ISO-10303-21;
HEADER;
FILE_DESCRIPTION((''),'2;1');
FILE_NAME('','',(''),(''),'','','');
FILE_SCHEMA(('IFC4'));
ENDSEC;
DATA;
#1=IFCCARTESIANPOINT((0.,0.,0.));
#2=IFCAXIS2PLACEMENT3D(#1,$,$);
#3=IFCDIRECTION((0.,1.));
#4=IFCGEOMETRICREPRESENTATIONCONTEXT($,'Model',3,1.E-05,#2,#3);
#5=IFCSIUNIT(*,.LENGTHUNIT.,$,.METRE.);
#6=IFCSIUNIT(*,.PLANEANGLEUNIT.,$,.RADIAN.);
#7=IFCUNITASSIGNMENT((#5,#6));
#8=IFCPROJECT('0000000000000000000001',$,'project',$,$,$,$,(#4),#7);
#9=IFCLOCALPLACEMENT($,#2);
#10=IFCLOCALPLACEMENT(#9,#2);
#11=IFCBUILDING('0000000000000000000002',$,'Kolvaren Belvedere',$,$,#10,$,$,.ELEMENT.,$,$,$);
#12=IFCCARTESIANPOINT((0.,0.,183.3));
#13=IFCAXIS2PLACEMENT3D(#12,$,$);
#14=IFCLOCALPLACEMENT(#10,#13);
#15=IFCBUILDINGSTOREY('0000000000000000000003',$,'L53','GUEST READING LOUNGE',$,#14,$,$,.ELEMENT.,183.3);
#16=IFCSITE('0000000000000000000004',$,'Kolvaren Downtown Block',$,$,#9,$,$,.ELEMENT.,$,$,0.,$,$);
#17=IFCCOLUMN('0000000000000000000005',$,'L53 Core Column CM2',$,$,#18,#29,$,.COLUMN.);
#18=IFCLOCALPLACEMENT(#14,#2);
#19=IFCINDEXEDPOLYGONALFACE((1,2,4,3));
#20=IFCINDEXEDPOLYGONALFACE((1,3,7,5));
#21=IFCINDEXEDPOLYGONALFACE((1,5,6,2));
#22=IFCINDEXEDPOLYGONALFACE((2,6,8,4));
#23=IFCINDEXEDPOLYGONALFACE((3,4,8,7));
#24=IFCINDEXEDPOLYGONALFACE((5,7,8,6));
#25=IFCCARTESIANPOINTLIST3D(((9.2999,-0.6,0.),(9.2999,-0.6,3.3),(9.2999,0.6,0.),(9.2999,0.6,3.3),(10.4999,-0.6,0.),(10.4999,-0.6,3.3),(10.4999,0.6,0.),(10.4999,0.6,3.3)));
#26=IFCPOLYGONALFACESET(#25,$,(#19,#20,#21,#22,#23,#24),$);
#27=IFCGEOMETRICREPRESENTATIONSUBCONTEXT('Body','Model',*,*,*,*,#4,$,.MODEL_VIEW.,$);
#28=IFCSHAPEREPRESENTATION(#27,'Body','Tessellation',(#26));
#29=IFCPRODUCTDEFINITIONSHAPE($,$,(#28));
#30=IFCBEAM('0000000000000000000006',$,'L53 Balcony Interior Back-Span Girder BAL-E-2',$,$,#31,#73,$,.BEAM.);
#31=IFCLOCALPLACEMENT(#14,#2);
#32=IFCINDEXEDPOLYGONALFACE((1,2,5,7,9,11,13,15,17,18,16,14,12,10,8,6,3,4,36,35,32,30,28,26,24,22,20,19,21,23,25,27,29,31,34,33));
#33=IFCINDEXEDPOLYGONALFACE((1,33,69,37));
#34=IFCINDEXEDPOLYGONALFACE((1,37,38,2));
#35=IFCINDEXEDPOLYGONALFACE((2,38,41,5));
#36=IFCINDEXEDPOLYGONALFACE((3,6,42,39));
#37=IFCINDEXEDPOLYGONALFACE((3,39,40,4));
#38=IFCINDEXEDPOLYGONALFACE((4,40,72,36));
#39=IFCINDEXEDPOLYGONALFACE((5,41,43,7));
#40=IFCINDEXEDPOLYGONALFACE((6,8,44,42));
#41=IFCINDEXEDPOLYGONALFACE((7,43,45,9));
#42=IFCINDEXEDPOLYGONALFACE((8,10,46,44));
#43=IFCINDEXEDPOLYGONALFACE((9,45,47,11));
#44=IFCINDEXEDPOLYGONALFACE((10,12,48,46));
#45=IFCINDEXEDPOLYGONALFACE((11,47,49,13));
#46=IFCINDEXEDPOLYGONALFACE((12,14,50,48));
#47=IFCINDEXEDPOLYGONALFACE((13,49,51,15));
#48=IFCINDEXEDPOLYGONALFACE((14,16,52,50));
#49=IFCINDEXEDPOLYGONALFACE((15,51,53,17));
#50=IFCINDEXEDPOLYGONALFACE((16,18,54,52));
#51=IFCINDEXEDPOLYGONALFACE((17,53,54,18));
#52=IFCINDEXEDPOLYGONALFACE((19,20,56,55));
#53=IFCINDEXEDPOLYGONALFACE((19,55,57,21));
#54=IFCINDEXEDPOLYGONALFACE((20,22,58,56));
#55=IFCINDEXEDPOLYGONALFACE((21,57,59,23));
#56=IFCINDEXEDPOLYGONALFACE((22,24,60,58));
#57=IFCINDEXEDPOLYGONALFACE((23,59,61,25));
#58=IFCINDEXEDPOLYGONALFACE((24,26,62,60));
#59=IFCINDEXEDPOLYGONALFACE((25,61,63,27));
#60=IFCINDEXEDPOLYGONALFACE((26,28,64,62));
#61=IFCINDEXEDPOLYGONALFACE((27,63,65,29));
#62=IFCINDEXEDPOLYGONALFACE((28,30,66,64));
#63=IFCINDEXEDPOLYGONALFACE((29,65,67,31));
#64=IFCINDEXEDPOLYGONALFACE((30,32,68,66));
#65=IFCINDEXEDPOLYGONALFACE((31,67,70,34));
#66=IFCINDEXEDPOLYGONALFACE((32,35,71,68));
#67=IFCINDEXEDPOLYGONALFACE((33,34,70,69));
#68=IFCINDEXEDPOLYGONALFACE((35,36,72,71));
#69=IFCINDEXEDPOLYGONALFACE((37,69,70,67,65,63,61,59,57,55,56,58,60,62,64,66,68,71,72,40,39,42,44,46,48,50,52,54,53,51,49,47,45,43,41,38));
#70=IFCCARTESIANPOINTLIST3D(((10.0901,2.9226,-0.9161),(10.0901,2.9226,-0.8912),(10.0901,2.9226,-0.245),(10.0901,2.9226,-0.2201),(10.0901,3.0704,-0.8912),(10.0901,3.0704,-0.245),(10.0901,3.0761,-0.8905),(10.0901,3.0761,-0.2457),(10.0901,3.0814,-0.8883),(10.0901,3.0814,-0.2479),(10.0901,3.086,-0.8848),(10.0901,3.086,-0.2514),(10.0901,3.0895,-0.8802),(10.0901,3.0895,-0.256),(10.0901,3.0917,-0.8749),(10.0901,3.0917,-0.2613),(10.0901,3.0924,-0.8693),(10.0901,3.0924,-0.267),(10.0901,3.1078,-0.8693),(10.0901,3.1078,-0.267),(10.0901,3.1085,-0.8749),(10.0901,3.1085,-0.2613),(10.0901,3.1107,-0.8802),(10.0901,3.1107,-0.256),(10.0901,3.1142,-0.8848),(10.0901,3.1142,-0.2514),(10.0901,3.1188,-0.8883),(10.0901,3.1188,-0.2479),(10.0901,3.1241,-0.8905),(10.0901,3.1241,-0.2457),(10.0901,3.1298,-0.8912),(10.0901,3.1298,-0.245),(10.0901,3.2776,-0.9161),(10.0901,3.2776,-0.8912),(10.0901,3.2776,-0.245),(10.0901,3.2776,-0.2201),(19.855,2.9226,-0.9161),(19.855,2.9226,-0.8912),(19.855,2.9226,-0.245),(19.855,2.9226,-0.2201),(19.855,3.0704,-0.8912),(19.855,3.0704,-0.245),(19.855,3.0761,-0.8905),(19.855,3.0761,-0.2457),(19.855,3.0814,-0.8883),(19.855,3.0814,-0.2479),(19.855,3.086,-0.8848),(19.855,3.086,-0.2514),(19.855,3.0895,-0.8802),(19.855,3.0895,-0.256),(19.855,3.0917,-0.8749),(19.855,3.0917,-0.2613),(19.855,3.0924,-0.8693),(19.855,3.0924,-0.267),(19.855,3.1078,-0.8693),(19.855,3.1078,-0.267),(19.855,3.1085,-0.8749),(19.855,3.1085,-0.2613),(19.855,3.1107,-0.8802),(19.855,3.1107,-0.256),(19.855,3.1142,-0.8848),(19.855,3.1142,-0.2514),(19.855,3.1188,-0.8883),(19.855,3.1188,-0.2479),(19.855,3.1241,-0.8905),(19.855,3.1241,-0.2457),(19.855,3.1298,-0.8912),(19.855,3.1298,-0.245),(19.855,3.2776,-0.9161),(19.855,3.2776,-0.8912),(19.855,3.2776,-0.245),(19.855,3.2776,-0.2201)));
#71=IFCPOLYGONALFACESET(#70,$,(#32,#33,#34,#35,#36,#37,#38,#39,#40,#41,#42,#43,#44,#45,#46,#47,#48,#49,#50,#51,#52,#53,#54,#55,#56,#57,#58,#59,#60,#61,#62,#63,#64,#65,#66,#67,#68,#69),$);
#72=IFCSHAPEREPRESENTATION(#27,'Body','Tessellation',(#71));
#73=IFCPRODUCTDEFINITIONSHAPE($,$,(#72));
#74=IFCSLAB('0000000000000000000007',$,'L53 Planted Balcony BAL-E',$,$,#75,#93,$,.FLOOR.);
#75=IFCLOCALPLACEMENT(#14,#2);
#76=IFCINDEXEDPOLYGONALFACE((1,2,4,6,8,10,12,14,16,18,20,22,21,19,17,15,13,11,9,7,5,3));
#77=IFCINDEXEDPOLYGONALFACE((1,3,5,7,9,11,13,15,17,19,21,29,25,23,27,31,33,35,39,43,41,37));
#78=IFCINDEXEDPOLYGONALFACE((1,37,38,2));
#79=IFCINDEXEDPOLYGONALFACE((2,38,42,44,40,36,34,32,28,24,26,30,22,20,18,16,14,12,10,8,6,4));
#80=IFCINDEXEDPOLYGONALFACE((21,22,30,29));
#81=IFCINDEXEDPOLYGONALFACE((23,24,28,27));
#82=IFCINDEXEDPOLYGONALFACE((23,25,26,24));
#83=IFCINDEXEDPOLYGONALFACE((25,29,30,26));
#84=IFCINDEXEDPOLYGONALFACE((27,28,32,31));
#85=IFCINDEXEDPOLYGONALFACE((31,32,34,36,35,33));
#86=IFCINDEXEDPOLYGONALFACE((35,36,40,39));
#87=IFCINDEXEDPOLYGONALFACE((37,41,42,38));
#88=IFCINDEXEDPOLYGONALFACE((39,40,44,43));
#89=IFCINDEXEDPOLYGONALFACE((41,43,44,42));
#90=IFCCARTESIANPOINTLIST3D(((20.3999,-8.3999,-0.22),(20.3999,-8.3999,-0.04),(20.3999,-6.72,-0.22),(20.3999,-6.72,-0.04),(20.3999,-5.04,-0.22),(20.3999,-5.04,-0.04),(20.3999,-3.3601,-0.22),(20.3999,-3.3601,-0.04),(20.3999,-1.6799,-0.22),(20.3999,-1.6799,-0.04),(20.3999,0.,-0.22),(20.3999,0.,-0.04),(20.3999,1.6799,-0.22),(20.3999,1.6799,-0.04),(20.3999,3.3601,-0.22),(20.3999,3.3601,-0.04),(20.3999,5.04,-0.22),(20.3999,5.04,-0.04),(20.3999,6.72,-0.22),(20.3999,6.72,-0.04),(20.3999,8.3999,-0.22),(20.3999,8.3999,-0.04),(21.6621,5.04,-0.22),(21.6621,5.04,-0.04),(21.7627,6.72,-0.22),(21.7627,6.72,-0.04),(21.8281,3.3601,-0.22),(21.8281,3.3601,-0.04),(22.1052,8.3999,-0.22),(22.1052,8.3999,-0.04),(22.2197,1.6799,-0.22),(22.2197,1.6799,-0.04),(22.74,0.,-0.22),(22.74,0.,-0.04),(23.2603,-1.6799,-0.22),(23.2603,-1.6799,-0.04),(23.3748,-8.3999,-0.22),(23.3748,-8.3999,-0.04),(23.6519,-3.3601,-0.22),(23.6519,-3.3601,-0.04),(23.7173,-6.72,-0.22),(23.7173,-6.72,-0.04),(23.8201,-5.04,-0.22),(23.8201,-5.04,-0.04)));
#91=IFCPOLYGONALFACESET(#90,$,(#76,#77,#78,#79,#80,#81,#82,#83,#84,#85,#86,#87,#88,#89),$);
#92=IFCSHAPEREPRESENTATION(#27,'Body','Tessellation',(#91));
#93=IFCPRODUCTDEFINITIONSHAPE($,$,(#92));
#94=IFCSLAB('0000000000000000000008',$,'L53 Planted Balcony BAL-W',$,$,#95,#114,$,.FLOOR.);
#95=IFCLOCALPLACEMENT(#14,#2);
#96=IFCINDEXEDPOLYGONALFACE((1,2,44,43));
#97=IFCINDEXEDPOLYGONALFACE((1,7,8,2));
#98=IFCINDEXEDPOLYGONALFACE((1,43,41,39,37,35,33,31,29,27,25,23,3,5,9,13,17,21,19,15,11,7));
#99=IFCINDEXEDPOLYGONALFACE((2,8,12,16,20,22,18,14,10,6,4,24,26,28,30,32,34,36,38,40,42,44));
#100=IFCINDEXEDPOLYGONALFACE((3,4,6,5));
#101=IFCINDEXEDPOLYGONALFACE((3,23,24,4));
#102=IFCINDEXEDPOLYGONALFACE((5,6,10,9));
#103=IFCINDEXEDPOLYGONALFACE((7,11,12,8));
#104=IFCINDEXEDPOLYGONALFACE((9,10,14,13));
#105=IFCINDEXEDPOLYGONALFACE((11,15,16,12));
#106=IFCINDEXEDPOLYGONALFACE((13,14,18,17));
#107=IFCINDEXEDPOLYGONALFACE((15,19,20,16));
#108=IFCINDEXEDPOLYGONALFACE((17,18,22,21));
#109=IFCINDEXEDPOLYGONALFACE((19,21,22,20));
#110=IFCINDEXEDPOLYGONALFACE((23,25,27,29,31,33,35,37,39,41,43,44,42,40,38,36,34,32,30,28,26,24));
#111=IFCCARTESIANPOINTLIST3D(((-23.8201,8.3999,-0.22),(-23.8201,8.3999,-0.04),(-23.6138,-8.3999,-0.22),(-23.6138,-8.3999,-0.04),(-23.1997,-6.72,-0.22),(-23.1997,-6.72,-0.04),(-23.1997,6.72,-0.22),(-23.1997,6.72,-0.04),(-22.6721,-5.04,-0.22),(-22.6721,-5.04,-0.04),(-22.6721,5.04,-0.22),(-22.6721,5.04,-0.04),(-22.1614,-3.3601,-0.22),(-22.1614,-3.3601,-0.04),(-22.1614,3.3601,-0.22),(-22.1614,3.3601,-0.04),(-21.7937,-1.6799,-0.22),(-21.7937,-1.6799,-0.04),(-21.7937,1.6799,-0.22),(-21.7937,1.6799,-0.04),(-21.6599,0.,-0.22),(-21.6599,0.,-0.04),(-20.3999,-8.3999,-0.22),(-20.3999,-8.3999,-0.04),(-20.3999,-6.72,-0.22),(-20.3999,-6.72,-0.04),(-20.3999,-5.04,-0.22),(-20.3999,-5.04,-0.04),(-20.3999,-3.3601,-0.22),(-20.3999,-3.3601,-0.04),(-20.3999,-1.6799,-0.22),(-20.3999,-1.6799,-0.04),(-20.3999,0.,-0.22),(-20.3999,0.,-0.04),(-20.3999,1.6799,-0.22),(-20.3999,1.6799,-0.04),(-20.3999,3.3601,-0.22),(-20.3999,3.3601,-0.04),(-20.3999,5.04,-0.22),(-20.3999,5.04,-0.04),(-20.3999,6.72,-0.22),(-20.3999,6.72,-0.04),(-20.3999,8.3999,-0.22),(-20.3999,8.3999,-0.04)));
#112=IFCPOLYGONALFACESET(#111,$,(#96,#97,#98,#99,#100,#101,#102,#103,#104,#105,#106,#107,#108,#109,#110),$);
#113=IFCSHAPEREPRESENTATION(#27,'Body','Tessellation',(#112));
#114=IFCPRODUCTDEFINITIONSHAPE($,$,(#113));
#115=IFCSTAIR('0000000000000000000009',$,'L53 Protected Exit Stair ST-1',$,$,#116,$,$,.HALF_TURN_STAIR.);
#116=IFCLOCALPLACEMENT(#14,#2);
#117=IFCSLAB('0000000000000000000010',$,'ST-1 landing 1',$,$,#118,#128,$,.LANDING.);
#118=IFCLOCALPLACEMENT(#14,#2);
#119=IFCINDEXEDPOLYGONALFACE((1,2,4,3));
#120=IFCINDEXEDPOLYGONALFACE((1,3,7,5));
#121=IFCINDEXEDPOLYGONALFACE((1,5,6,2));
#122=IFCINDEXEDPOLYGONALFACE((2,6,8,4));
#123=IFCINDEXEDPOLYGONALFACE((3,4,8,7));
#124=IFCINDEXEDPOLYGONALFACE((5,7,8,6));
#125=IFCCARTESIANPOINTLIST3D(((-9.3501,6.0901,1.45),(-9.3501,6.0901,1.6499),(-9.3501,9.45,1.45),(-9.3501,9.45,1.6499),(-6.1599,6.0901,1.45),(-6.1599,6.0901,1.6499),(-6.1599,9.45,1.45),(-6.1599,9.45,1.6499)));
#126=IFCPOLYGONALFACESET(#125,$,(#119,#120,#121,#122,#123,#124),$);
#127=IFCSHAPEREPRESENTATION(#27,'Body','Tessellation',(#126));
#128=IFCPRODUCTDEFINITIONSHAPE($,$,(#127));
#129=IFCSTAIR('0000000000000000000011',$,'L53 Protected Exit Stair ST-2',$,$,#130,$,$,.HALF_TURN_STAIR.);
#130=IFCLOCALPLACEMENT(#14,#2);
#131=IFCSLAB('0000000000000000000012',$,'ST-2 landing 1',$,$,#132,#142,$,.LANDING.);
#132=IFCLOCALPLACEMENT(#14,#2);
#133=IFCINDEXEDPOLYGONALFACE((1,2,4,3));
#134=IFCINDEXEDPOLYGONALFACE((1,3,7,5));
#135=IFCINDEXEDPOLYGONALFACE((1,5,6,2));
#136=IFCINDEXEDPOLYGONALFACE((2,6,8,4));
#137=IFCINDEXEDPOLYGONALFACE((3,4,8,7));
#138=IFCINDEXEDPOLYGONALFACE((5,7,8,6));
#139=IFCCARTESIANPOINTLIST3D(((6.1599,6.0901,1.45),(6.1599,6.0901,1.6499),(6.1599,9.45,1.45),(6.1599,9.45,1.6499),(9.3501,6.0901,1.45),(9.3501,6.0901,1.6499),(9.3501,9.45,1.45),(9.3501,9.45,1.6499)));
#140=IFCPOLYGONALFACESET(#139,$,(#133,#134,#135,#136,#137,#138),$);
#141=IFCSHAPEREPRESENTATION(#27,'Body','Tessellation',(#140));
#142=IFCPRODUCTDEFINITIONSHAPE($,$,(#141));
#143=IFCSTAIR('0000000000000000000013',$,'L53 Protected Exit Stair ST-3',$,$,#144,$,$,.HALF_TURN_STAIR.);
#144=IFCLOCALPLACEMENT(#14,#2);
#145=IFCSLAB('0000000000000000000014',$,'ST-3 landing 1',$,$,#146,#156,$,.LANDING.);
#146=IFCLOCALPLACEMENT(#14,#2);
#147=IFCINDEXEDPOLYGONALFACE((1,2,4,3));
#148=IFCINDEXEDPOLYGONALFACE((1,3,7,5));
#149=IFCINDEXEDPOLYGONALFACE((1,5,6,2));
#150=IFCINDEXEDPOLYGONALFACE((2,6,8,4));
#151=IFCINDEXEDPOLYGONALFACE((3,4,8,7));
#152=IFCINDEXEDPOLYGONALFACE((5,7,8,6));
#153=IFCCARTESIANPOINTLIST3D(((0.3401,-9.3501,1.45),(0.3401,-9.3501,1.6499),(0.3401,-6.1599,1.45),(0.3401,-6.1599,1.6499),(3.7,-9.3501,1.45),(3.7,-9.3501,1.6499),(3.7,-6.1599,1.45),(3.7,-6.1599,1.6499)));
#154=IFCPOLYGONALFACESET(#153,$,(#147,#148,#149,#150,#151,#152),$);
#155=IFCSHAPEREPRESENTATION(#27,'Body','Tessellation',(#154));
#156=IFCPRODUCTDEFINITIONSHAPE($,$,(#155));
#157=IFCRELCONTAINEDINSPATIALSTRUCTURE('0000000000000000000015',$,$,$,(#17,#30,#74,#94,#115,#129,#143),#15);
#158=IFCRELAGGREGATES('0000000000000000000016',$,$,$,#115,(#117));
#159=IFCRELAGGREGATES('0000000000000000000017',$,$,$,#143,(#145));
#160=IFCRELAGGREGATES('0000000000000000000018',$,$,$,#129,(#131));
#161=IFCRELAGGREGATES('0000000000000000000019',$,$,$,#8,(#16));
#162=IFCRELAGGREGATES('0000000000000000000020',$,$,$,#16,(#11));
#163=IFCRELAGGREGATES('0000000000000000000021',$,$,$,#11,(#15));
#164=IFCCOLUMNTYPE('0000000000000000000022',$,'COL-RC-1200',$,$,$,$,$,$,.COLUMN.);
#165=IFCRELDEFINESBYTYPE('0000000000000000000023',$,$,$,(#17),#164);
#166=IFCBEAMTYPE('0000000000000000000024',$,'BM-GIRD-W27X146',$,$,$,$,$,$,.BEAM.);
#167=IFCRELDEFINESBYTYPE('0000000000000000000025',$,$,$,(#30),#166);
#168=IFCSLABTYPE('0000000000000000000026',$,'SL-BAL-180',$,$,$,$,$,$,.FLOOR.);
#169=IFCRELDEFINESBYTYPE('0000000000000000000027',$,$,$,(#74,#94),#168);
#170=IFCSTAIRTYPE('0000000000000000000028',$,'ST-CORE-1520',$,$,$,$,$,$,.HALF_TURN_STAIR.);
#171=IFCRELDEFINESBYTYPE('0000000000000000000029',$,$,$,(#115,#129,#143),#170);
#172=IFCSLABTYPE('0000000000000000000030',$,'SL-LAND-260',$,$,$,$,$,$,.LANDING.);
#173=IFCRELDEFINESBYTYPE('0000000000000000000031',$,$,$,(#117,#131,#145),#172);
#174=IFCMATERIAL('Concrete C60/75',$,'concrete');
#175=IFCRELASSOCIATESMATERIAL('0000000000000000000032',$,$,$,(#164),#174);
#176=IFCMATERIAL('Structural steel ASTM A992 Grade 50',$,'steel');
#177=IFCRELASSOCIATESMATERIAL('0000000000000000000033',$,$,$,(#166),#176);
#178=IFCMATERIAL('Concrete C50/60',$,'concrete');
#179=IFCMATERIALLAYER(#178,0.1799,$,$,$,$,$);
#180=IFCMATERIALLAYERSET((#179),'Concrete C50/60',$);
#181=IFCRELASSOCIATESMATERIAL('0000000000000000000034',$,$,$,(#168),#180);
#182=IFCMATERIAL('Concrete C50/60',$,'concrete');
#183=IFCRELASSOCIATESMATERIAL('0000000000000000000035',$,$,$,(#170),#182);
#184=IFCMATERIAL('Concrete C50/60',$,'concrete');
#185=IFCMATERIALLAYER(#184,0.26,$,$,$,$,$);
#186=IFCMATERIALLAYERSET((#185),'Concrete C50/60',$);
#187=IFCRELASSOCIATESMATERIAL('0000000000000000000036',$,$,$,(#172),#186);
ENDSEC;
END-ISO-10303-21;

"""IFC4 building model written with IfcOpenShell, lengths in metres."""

from ifc_helpers import new_model, si_unit, direction, frame, origin, origin_2d, place, context, subcontext, project, spatial, polyline, rectangle, i_section, outline, extrude, material, layer, layer_set, material_profile, profile_set, type_object, element, aggregate, save


model = new_model("IFC4")

# Units and contexts
model_context = context("Model", 3, precision=1e-05, world=origin(), true_north=direction((0.0, 1.0)))
body_context = subcontext(model_context, "Body", "Model", "MODEL_VIEW")
ifc_project = project(units=[si_unit("LENGTHUNIT", "METRE"), si_unit("PLANEANGLEUNIT", "RADIAN")], contexts=[model_context])

# Site, building, storey
site_placement = place(None, origin())
site = spatial("IfcSite", under=ifc_project, at=site_placement, Name="Kolvaren Downtown Block", CompositionType="ELEMENT", RefElevation=0.0)
building_placement = place(site_placement, origin())
building = spatial("IfcBuilding", under=site, at=building_placement, Name="Kolvaren Belvedere", CompositionType="ELEMENT")
storey_placement = place(building_placement, frame((0.0, 0.0, 183.3)))
storey = spatial("IfcBuildingStorey", under=building, at=storey_placement, Name="L53", Description="GUEST READING LOUNGE", CompositionType="ELEMENT", Elevation=183.3)

# Column
ifc_material_1 = material(Name="Concrete C60/75", Category="concrete")
ifc_material_profile_1 = material_profile(ifc_material_1, rectangle(XDim=1.2, YDim=1.2, at=origin_2d()), Name="RC 1200X1200")
ifc_profile_set_1 = profile_set([ifc_material_profile_1], Name="Concrete C60/75")
column_type = type_object("IfcColumnType", Name="COL-RC-1200", PredefinedType="COLUMN", material=ifc_profile_set_1)
column_placement = place(storey_placement, frame((9.8999, 0.0, 0.0), z_axis=(0.0, 0.0, 1.0), x_axis=(1.0, 0.0, 0.0)))
element("IfcColumn", 1, at=column_placement, inside=storey, type_object=column_type, Name="L53 Core Column CM2", PredefinedType="COLUMN", context=body_context, shape_type="SweptSolid", body=[
    extrude(rectangle(XDim=1.2, YDim=1.2, at=origin_2d()), origin(), (0.0, 0.0, 1.0), 3.3),
])

# Beam
ifc_material_2 = material(Name="Structural steel ASTM A992 Grade 50", Category="steel")
ifc_material_profile_2 = material_profile(ifc_material_2, i_section(OverallWidth=0.355, OverallDepth=0.696, WebThickness=0.0154, FlangeThickness=0.0249, FilletRadius=0.022, at=origin_2d()), Name="W27X146")
ifc_profile_set_2 = profile_set([ifc_material_profile_2], Name="Structural steel ASTM A992 Grade 50")
beam_type = type_object("IfcBeamType", Name="BM-GIRD-W27X146", PredefinedType="BEAM", material=ifc_profile_set_2)
beam_placement = place(storey_placement, frame((10.0901, 3.1001, -0.5681), z_axis=(1.0, 0.0, 0.0), x_axis=(0.0, 1.0, 0.0)))
element("IfcBeam", 2, at=beam_placement, inside=storey, type_object=beam_type, Name="L53 Balcony Interior Back-Span Girder BAL-E-2", PredefinedType="BEAM", context=body_context, shape_type="SweptSolid", body=[
    extrude(i_section(OverallWidth=0.355, OverallDepth=0.696, WebThickness=0.0154, FlangeThickness=0.0249, FilletRadius=0.022, at=origin_2d()), origin(), (0.0, 0.0, 1.0), 9.7649),
])

# Slabs
ifc_material_3 = material(Name="Concrete C50/60", Category="concrete")
ifc_layer_1 = layer(ifc_material_3, 0.1799)
ifc_layer_set_1 = layer_set([ifc_layer_1], Name="Concrete C50/60")
slab_type_1 = type_object("IfcSlabType", Name="SL-BAL-180", PredefinedType="FLOOR", material=ifc_layer_set_1)
slab_1_placement = place(storey_placement, frame((0.0, 0.0, -0.22)))
element("IfcSlab", 3, at=slab_1_placement, inside=storey, type_object=slab_type_1, Name="L53 Planted Balcony BAL-E", PredefinedType="FLOOR", context=body_context, shape_type="SweptSolid", body=[
    extrude(outline(polyline([(23.3748, -8.3999), (23.7173, -6.72), (23.8201, -5.04), (23.6519, -3.3601), (23.2603, -1.6799), (22.74, 0.0), (22.2197, 1.6799), (21.8281, 3.3601), (21.6621, 5.04), (21.7627, 6.72), (22.1052, 8.3999), (20.3999, 8.3999), (20.3999, 6.72), (20.3999, 5.04), (20.3999, 3.3601), (20.3999, 1.6799), (20.3999, 0.0), (20.3999, -1.6799), (20.3999, -3.3601), (20.3999, -5.04), (20.3999, -6.72), (20.3999, -8.3999), (23.3748, -8.3999)])), origin(), (0.0, 0.0, 1.0), 0.1799),
])
slab_2_placement = place(storey_placement, frame((0.0, 0.0, -0.22)))
element("IfcSlab", 4, at=slab_2_placement, inside=storey, type_object=slab_type_1, Name="L53 Planted Balcony BAL-W", PredefinedType="FLOOR", context=body_context, shape_type="SweptSolid", body=[
    extrude(outline(polyline([(-23.8201, 8.3999), (-23.1997, 6.72), (-22.6721, 5.04), (-22.1614, 3.3601), (-21.7937, 1.6799), (-21.6599, 0.0), (-21.7937, -1.6799), (-22.1614, -3.3601), (-22.6721, -5.04), (-23.1997, -6.72), (-23.6138, -8.3999), (-20.3999, -8.3999), (-20.3999, -6.72), (-20.3999, -5.04), (-20.3999, -3.3601), (-20.3999, -1.6799), (-20.3999, 0.0), (-20.3999, 1.6799), (-20.3999, 3.3601), (-20.3999, 5.04), (-20.3999, 6.72), (-20.3999, 8.3999), (-23.8201, 8.3999)])), origin(), (0.0, 0.0, 1.0), 0.1799),
])

# Stairs, slabs
ifc_material_4 = material(Name="Concrete C50/60", Category="concrete")
stair_type = type_object("IfcStairType", Name="ST-CORE-1520", PredefinedType="HALF_TURN_STAIR", material=ifc_material_4)
stair_1_placement = place(storey_placement, origin())
stair_1 = element("IfcStair", 5, at=stair_1_placement, inside=storey, type_object=stair_type, Name="L53 Protected Exit Stair ST-1", PredefinedType="HALF_TURN_STAIR")
ifc_material_5 = material(Name="Concrete C50/60", Category="concrete")
ifc_layer_2 = layer(ifc_material_5, 0.26)
ifc_layer_set_2 = layer_set([ifc_layer_2], Name="Concrete C50/60")
slab_type_2 = type_object("IfcSlabType", Name="SL-LAND-260", PredefinedType="LANDING", material=ifc_layer_set_2)
slab_3_placement = place(storey_placement, frame((0.0, 0.0, 1.45)))
slab_3 = element("IfcSlab", 6, at=slab_3_placement, type_object=slab_type_2, Name="ST-1 landing 1", PredefinedType="LANDING", context=body_context, shape_type="SweptSolid", body=[
    extrude(outline(polyline([(-6.1599, 6.0901), (-6.1599, 9.45), (-9.3501, 9.45), (-9.3501, 6.0901), (-6.1599, 6.0901)])), origin(), (0.0, 0.0, 1.0), 0.2),
])
aggregate(stair_1, [slab_3])
stair_2_placement = place(storey_placement, origin())
stair_2 = element("IfcStair", 7, at=stair_2_placement, inside=storey, type_object=stair_type, Name="L53 Protected Exit Stair ST-2", PredefinedType="HALF_TURN_STAIR")
slab_4_placement = place(storey_placement, frame((0.0, 0.0, 1.45)))
slab_4 = element("IfcSlab", 8, at=slab_4_placement, type_object=slab_type_2, Name="ST-2 landing 1", PredefinedType="LANDING", context=body_context, shape_type="SweptSolid", body=[
    extrude(outline(polyline([(9.3501, 6.0901), (9.3501, 9.45), (6.1599, 9.45), (6.1599, 6.0901), (9.3501, 6.0901)])), origin(), (0.0, 0.0, 1.0), 0.2),
])
stair_3_placement = place(storey_placement, origin())
stair_3 = element("IfcStair", 9, at=stair_3_placement, inside=storey, type_object=stair_type, Name="L53 Protected Exit Stair ST-3", PredefinedType="HALF_TURN_STAIR")
slab_5_placement = place(storey_placement, frame((0.0, 0.0, 1.45)))
slab_5 = element("IfcSlab", 10, at=slab_5_placement, type_object=slab_type_2, Name="ST-3 landing 1", PredefinedType="LANDING", context=body_context, shape_type="SweptSolid", body=[
    extrude(outline(polyline([(0.3401, -9.3501), (3.7, -9.3501), (3.7, -6.1599), (0.3401, -6.1599), (0.3401, -9.3501)])), origin(), (0.0, 0.0, 1.0), 0.2),
])
aggregate(stair_3, [slab_5])

aggregate(stair_2, [slab_4])

save(model, "model.ifc")
